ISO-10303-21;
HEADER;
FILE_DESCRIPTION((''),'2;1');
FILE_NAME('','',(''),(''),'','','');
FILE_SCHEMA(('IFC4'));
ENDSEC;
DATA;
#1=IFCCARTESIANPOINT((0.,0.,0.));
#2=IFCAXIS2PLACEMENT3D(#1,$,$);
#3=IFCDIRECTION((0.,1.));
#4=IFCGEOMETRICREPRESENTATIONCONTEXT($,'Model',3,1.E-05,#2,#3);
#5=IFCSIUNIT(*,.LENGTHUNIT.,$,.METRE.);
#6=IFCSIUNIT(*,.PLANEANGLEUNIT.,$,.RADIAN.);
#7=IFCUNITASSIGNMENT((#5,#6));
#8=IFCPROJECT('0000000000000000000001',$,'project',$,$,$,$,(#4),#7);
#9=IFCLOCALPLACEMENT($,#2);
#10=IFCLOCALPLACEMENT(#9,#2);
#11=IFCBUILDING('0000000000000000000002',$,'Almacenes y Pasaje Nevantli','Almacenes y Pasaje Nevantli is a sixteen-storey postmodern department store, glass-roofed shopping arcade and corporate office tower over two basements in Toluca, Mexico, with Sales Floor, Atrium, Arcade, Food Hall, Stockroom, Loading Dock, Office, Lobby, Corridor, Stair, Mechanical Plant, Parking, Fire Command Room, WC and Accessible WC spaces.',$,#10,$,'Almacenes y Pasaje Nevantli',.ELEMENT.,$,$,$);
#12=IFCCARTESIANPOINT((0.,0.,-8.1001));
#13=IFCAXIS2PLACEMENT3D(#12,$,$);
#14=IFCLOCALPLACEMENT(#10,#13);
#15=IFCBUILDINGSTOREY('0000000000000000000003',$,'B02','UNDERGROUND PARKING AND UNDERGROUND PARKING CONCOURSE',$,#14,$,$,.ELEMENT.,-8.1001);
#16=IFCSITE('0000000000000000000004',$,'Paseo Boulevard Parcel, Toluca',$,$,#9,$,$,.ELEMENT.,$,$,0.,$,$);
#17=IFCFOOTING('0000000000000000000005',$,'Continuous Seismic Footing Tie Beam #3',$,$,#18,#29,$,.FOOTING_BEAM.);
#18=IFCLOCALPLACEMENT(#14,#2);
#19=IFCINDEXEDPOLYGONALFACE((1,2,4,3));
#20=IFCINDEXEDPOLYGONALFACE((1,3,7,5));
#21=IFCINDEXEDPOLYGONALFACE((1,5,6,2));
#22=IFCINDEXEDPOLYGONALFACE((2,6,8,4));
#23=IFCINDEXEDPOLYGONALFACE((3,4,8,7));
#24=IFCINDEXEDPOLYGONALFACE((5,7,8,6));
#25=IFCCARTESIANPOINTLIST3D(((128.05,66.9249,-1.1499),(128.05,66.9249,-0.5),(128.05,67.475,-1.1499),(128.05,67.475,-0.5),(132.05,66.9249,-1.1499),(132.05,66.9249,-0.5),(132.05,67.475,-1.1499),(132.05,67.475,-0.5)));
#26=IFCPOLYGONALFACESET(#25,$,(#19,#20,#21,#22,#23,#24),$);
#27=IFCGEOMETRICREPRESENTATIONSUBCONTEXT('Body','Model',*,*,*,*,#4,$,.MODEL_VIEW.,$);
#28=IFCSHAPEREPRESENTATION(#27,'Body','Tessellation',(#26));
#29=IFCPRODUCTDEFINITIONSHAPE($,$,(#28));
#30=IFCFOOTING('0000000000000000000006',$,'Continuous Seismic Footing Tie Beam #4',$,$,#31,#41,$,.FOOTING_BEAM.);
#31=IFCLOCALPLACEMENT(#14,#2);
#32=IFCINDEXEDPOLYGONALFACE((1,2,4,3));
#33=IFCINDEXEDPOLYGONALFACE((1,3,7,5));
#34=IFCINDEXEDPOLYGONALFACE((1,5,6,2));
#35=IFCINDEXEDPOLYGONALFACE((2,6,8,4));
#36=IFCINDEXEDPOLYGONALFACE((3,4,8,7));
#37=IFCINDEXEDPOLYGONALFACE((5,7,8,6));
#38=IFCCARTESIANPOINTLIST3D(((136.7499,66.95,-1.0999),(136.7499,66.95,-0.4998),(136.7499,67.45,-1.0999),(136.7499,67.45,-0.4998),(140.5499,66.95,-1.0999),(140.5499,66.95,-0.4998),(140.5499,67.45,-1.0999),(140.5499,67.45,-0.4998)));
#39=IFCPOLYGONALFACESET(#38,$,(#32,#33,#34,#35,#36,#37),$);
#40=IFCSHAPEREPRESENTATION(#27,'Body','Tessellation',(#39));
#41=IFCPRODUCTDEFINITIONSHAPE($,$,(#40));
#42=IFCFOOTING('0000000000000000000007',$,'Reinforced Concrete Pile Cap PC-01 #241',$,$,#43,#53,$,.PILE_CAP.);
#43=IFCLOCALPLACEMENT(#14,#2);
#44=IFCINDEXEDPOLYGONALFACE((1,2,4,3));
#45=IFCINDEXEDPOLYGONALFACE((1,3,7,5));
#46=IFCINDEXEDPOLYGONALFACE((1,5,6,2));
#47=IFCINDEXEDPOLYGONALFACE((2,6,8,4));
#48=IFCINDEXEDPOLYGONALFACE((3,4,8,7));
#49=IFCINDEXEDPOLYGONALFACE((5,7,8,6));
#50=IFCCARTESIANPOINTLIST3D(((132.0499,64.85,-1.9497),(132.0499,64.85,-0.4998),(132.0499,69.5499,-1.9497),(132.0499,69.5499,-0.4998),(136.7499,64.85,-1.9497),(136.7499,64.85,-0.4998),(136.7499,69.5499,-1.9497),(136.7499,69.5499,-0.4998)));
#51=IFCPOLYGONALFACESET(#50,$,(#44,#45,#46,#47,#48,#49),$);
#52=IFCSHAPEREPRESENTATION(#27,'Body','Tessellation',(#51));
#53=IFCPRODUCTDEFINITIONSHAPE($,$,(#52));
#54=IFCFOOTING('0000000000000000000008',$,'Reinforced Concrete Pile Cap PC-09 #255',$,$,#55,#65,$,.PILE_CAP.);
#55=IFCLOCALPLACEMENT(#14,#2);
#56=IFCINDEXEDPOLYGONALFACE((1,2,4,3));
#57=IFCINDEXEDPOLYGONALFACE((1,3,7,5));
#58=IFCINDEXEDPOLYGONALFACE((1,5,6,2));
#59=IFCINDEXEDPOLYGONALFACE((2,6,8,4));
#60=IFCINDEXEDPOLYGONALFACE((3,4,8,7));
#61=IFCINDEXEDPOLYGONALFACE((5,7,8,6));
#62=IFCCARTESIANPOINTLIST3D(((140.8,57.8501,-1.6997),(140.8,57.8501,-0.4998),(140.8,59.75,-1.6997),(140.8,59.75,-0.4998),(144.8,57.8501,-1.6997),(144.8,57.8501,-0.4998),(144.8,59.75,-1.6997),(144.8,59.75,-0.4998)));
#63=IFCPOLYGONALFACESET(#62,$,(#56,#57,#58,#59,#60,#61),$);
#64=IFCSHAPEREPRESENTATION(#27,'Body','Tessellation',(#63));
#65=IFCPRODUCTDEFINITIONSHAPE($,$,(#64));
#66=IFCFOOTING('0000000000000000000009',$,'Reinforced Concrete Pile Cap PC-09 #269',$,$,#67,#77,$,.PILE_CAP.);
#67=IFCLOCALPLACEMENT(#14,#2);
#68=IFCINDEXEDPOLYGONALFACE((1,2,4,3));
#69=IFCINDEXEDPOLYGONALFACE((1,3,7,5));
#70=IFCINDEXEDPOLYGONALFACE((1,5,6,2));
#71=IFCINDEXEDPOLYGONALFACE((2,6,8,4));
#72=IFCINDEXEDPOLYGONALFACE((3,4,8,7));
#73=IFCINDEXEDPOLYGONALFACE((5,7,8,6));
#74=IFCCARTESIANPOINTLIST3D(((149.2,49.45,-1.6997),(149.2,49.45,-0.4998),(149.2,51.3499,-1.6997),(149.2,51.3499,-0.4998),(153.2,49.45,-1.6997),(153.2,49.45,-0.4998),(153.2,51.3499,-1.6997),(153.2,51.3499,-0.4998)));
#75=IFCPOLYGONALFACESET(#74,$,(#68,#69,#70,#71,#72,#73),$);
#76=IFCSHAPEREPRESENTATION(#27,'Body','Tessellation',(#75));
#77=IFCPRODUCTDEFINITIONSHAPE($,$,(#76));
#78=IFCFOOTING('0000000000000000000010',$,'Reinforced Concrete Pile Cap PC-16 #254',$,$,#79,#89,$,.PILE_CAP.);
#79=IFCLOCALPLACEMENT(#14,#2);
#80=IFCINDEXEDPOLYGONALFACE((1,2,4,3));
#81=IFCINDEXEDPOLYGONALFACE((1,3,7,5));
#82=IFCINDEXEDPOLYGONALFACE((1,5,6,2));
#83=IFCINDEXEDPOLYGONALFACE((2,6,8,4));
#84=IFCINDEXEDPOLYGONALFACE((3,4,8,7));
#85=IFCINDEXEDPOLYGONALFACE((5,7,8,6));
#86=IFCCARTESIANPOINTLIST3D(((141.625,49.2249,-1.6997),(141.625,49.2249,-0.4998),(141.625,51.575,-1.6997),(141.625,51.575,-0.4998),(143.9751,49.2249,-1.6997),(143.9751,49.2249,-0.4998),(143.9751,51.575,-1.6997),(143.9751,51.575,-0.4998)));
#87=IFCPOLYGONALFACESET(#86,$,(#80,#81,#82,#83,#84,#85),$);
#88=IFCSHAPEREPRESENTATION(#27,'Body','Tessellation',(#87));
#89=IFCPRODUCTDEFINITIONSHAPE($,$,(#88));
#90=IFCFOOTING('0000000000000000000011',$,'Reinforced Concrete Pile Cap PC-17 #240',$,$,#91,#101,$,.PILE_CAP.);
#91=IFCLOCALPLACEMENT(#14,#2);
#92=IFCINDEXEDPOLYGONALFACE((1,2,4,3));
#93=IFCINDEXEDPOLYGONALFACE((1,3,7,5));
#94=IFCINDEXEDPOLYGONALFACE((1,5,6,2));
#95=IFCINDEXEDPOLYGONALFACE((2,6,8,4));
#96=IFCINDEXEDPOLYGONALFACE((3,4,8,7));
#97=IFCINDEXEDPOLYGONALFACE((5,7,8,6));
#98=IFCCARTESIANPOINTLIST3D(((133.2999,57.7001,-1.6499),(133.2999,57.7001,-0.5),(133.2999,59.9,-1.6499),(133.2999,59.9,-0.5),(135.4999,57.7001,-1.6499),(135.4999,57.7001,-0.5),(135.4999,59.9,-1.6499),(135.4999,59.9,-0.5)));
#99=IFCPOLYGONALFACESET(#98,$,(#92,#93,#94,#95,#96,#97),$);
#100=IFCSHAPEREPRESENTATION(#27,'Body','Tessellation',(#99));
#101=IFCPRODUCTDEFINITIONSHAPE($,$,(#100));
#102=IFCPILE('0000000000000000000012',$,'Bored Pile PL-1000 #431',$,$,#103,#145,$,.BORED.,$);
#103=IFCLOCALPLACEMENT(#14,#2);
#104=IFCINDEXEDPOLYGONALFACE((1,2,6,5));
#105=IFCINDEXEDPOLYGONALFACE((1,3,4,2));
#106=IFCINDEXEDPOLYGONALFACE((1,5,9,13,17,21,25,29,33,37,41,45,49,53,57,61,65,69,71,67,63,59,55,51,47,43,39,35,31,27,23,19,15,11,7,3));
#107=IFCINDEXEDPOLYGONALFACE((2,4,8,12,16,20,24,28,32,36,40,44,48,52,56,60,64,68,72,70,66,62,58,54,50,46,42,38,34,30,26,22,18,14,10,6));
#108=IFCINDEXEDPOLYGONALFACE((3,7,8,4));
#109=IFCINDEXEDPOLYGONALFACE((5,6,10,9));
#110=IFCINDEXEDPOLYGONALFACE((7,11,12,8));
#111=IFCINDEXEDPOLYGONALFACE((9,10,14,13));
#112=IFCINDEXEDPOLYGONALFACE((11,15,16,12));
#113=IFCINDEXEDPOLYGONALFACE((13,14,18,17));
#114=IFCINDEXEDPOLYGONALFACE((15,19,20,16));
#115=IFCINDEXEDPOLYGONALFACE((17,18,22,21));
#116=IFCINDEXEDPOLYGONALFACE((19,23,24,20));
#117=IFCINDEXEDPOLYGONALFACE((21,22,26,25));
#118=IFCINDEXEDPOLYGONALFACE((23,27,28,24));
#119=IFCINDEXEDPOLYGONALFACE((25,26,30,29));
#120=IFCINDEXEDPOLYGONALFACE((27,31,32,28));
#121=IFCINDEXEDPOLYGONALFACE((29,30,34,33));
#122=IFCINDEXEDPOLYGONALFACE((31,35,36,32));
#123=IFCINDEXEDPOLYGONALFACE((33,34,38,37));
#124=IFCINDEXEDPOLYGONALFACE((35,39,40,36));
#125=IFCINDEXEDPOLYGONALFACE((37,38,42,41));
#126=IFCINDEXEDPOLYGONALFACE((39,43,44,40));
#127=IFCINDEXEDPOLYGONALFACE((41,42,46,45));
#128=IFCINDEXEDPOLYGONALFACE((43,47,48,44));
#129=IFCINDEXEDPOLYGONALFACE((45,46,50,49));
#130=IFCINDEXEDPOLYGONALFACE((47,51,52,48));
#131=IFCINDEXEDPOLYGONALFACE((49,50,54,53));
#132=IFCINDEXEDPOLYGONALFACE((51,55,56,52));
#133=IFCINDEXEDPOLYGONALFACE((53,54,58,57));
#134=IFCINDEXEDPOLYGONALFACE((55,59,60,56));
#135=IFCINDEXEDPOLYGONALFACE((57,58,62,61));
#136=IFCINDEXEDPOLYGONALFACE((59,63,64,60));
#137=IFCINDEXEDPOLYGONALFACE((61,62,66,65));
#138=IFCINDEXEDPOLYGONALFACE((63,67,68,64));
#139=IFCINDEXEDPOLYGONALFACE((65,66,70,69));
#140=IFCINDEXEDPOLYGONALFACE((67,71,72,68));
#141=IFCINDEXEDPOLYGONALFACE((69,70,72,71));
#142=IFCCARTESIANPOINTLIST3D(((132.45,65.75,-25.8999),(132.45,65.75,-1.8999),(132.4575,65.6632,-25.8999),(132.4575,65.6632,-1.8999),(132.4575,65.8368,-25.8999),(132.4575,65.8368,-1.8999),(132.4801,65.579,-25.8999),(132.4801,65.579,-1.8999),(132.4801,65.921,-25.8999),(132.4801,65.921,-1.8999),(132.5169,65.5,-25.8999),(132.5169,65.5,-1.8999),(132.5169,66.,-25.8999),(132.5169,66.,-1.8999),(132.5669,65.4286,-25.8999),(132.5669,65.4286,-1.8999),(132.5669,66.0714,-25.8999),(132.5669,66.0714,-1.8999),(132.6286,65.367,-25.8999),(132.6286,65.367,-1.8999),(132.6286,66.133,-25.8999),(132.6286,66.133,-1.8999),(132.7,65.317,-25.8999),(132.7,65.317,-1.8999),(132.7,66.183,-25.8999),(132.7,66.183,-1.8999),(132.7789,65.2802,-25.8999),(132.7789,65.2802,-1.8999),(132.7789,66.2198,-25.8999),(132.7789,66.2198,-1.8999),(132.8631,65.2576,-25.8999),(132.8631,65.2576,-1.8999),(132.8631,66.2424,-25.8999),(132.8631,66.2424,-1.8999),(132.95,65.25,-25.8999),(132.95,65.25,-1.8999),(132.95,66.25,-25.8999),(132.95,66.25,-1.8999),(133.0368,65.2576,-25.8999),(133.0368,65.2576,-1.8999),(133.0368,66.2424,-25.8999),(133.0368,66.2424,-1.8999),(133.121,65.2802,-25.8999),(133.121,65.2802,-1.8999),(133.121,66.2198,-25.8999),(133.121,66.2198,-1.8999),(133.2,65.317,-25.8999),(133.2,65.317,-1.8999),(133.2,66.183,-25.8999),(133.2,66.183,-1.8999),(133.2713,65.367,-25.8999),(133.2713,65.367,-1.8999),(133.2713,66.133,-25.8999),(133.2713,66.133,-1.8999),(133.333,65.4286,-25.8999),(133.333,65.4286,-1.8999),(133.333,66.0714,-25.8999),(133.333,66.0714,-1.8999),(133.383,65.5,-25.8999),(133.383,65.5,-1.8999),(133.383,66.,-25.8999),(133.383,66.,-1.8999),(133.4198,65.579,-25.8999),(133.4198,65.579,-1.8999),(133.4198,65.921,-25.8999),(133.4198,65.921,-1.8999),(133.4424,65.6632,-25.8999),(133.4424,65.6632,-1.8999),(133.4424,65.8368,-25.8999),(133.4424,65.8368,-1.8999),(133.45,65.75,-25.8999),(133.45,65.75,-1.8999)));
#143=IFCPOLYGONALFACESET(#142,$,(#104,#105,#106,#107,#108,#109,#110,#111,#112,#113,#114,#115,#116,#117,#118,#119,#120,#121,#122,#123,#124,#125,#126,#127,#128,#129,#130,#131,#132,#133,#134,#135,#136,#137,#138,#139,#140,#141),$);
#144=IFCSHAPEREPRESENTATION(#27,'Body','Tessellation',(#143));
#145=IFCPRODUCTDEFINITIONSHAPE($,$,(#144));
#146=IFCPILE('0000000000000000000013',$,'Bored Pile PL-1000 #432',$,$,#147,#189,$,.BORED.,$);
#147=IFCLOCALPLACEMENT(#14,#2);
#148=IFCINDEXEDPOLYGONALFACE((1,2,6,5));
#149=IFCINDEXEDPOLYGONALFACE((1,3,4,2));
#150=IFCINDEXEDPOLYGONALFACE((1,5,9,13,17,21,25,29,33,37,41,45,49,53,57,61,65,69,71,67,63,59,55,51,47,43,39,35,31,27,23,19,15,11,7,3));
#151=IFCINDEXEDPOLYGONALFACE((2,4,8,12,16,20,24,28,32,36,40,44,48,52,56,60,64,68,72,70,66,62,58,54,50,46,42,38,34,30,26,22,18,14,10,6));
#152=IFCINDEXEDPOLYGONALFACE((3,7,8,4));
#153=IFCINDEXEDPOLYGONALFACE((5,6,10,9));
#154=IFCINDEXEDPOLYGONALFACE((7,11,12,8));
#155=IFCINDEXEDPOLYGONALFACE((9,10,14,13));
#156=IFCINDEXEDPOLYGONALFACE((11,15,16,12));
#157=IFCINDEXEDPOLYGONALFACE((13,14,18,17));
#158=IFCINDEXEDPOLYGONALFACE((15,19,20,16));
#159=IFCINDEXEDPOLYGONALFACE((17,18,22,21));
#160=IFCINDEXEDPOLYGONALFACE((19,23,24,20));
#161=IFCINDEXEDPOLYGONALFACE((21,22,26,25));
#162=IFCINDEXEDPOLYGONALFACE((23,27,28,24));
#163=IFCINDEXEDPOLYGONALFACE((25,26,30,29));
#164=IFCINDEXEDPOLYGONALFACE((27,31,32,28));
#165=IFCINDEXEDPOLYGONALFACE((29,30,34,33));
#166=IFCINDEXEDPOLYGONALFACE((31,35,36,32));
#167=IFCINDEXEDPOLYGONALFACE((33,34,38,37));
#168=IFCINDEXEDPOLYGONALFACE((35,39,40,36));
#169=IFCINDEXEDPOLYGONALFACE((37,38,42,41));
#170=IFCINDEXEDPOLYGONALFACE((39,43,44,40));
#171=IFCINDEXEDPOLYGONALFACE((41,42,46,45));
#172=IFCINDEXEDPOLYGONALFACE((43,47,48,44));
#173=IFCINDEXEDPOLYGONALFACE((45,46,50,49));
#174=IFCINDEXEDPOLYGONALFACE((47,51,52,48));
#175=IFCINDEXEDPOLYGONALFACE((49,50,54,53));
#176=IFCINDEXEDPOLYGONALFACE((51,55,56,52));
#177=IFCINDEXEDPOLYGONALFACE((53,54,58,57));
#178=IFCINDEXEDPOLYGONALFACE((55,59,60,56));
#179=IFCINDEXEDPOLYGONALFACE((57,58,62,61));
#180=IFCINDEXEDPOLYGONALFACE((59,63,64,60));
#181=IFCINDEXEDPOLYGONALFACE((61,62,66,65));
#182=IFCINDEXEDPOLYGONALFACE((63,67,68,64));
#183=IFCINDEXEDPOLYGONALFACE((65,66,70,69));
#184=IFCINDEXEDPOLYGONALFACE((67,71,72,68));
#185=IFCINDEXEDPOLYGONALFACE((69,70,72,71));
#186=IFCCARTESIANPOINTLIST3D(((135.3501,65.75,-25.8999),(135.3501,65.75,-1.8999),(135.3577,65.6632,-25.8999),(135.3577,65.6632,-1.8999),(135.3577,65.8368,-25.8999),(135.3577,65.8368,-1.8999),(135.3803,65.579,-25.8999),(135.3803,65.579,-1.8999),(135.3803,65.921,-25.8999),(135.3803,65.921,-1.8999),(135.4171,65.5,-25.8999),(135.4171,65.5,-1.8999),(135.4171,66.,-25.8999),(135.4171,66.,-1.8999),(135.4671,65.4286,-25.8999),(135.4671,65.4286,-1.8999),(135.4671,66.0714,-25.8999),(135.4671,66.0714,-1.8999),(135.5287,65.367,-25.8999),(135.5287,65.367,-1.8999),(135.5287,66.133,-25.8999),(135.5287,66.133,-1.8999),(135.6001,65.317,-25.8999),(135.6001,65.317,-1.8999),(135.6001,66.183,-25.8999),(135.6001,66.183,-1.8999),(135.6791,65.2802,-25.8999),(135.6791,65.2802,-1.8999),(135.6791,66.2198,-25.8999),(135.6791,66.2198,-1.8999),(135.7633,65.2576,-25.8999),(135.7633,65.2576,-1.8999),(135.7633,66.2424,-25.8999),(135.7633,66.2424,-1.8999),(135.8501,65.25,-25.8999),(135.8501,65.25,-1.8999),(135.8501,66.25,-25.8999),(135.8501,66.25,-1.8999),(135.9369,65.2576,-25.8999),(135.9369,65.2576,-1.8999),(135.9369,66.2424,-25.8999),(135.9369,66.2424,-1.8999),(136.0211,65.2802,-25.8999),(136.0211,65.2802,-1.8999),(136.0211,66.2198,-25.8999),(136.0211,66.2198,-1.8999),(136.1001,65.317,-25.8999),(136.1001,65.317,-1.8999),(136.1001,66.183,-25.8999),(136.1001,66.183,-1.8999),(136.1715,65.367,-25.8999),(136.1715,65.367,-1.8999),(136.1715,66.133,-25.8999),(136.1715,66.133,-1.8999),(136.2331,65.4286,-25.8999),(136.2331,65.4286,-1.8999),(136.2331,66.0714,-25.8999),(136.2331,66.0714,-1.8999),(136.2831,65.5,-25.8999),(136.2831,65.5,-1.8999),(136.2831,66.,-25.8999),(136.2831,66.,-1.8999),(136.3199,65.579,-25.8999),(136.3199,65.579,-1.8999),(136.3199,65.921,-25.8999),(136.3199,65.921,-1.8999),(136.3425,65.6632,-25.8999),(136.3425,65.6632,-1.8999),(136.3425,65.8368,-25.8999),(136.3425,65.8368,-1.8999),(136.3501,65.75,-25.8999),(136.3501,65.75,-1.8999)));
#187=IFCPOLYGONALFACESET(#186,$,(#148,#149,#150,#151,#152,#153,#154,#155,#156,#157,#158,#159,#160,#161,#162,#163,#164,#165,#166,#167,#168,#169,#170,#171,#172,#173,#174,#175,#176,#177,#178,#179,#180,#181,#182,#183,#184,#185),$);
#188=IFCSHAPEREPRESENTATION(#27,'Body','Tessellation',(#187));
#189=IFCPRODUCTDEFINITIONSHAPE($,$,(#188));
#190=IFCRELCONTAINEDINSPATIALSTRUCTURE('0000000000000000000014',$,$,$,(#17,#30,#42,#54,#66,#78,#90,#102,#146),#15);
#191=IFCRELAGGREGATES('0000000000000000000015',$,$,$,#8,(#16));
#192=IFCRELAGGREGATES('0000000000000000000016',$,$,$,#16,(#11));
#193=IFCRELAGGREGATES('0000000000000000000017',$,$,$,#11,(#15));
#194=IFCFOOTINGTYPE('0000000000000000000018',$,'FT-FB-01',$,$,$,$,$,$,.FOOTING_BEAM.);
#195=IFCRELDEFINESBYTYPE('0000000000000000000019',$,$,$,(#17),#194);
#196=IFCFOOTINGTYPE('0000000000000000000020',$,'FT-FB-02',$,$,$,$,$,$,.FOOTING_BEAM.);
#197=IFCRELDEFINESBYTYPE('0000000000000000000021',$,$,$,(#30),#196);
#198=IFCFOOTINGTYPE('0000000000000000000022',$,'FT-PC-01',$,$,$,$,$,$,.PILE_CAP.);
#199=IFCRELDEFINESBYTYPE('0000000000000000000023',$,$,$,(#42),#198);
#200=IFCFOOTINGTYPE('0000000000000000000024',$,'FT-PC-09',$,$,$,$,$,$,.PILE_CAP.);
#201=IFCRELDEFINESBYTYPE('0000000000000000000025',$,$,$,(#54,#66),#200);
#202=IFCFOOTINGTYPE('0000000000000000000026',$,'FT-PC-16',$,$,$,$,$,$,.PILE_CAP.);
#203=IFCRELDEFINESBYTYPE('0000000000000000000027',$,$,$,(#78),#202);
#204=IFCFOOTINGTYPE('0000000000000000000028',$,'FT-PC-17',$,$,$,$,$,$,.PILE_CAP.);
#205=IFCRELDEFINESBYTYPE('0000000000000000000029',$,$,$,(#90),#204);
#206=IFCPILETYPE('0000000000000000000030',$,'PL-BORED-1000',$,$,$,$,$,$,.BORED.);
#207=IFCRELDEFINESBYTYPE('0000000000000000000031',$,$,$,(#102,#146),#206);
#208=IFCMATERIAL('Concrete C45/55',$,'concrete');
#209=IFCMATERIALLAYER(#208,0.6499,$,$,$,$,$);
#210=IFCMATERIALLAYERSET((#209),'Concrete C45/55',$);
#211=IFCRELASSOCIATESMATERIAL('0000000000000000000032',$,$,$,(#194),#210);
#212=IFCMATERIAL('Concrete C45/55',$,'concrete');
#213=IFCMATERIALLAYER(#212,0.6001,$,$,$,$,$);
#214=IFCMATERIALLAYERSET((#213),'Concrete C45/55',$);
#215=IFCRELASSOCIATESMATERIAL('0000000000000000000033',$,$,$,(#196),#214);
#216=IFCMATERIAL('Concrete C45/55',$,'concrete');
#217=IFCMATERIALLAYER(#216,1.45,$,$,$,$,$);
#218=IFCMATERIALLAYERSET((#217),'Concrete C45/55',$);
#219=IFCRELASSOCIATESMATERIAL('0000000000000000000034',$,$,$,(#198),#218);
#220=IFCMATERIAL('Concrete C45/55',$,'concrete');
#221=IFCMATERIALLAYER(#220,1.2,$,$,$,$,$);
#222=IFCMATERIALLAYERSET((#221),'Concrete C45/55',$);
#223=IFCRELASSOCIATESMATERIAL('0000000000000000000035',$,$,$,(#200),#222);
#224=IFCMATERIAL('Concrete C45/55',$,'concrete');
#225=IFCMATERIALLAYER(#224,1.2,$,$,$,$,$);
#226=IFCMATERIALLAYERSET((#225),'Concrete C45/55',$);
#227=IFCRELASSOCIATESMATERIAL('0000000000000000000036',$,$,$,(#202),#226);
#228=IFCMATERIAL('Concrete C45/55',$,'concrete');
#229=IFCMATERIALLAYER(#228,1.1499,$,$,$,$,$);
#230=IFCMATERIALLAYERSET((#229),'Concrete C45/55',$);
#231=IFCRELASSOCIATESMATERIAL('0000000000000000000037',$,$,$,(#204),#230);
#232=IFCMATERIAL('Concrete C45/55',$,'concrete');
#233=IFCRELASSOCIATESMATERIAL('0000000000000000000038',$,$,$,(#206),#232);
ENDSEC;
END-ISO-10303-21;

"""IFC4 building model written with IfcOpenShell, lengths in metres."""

from ifc_helpers import new_model, si_unit, direction, frame, origin, origin_2d, place, context, subcontext, project, spatial, rectangle, circle, extrude, material, layer, layer_set, material_profile, profile_set, type_object, element, save


model = new_model("IFC4")

# Units and contexts
model_context = context("Model", 3, precision=1e-05, world=origin(), true_north=direction((0.0, 1.0)))
body_context = subcontext(model_context, "Body", "Model", "MODEL_VIEW")
ifc_project = project(units=[si_unit("LENGTHUNIT", "METRE"), si_unit("PLANEANGLEUNIT", "RADIAN")], contexts=[model_context])

# Site, building, storey
site_placement = place(None, origin())
site = spatial("IfcSite", under=ifc_project, at=site_placement, Name="Paseo Boulevard Parcel, Toluca", CompositionType="ELEMENT", RefElevation=0.0)
building_placement = place(site_placement, origin())
building = spatial("IfcBuilding", under=site, at=building_placement, Name="Almacenes y Pasaje Nevantli", Description="Almacenes y Pasaje Nevantli is a sixteen-storey postmodern department store, glass-roofed shopping arcade and corporate office tower over two basements in Toluca, Mexico, with Sales Floor, Atrium, Arcade, Food Hall, Stockroom, Loading Dock, Office, Lobby, Corridor, Stair, Mechanical Plant, Parking, Fire Command Room, WC and Accessible WC spaces.", LongName="Almacenes y Pasaje Nevantli", CompositionType="ELEMENT")
storey_placement = place(building_placement, frame((0.0, 0.0, -8.1001)))
storey = spatial("IfcBuildingStorey", under=building, at=storey_placement, Name="B02", Description="UNDERGROUND PARKING AND UNDERGROUND PARKING CONCOURSE", CompositionType="ELEMENT", Elevation=-8.1001)

# Footings
ifc_material_1 = material(Name="Concrete C45/55", Category="concrete")
ifc_layer_1 = layer(ifc_material_1, 0.6499)
ifc_layer_set_1 = layer_set([ifc_layer_1], Name="Concrete C45/55")
footing_type_1 = type_object("IfcFootingType", Name="FT-FB-01", PredefinedType="FOOTING_BEAM", material=ifc_layer_set_1)
footing_1_placement = place(storey_placement, frame((130.05, 67.2, -1.1499), z_axis=(0.0, 0.0, 1.0), x_axis=(1.0, 0.0, 0.0)))
element("IfcFooting", 1, at=footing_1_placement, inside=storey, type_object=footing_type_1, Name="Continuous Seismic Footing Tie Beam #3", PredefinedType="FOOTING_BEAM", context=body_context, shape_type="SweptSolid", body=[
    extrude(rectangle(XDim=4.0, YDim=0.55, at=origin_2d()), origin(), (0.0, 0.0, 1.0), 0.6499),
])
ifc_material_2 = material(Name="Concrete C45/55", Category="concrete")
ifc_layer_2 = layer(ifc_material_2, 0.6001)
ifc_layer_set_2 = layer_set([ifc_layer_2], Name="Concrete C45/55")
footing_type_2 = type_object("IfcFootingType", Name="FT-FB-02", PredefinedType="FOOTING_BEAM", material=ifc_layer_set_2)
footing_2_placement = place(storey_placement, frame((138.6499, 67.2, -1.0999), z_axis=(0.0, 0.0, 1.0), x_axis=(1.0, 0.0, 0.0)))
element("IfcFooting", 2, at=footing_2_placement, inside=storey, type_object=footing_type_2, Name="Continuous Seismic Footing Tie Beam #4", PredefinedType="FOOTING_BEAM", context=body_context, shape_type="SweptSolid", body=[
    extrude(rectangle(XDim=3.8, YDim=0.5, at=origin_2d()), origin(), (0.0, 0.0, 1.0), 0.6001),
])
ifc_material_3 = material(Name="Concrete C45/55", Category="concrete")
ifc_layer_3 = layer(ifc_material_3, 1.45)
ifc_layer_set_3 = layer_set([ifc_layer_3], Name="Concrete C45/55")
footing_type_3 = type_object("IfcFootingType", Name="FT-PC-01", PredefinedType="PILE_CAP", material=ifc_layer_set_3)
footing_3_placement = place(storey_placement, frame((134.3999, 67.2, -1.9497), z_axis=(0.0, 0.0, 1.0), x_axis=(1.0, 0.0, 0.0)))
element("IfcFooting", 3, at=footing_3_placement, inside=storey, type_object=footing_type_3, Name="Reinforced Concrete Pile Cap PC-01 #241", PredefinedType="PILE_CAP", context=body_context, shape_type="SweptSolid", body=[
    extrude(rectangle(XDim=4.7, YDim=4.7, at=origin_2d()), origin(), (0.0, 0.0, 1.0), 1.45),
])
ifc_material_4 = material(Name="Concrete C45/55", Category="concrete")
ifc_layer_4 = layer(ifc_material_4, 1.2)
ifc_layer_set_4 = layer_set([ifc_layer_4], Name="Concrete C45/55")
footing_type_4 = type_object("IfcFootingType", Name="FT-PC-09", PredefinedType="PILE_CAP", material=ifc_layer_set_4)
for number, where, z_axis, x_axis, name in (
    (4, (142.8, 58.8, -1.6997), (0.0, 0.0, 1.0), (1.0, 0.0, 0.0), "Reinforced Concrete Pile Cap PC-09 #255"),
    (5, (151.2, 50.3999, -1.6997), (0.0, 0.0, 1.0), (1.0, 0.0, 0.0), "Reinforced Concrete Pile Cap PC-09 #269"),
):
    element("IfcFooting", number, at=place(storey_placement, frame(where, z_axis=z_axis, x_axis=x_axis)), inside=storey, type_object=footing_type_4, Name=name, PredefinedType="PILE_CAP", context=body_context, shape_type="SweptSolid", body=[
        extrude(rectangle(XDim=4.0, YDim=1.8999, at=origin_2d()), origin(), (0.0, 0.0, 1.0), 1.2),
    ])
ifc_material_5 = material(Name="Concrete C45/55", Category="concrete")
ifc_layer_5 = layer(ifc_material_5, 1.2)
ifc_layer_set_5 = layer_set([ifc_layer_5], Name="Concrete C45/55")
footing_type_5 = type_object("IfcFootingType", Name="FT-PC-16", PredefinedType="PILE_CAP", material=ifc_layer_set_5)
footing_4_placement = place(storey_placement, frame((142.8, 50.3999, -1.6997), z_axis=(0.0, 0.0, 1.0), x_axis=(1.0, 0.0, 0.0)))
element("IfcFooting", 6, at=footing_4_placement, inside=storey, type_object=footing_type_5, Name="Reinforced Concrete Pile Cap PC-16 #254", PredefinedType="PILE_CAP", context=body_context, shape_type="SweptSolid", body=[
    extrude(rectangle(XDim=2.3501, YDim=2.3501, at=origin_2d()), origin(), (0.0, 0.0, 1.0), 1.2),
])
ifc_material_6 = material(Name="Concrete C45/55", Category="concrete")
ifc_layer_6 = layer(ifc_material_6, 1.1499)
ifc_layer_set_6 = layer_set([ifc_layer_6], Name="Concrete C45/55")
footing_type_6 = type_object("IfcFootingType", Name="FT-PC-17", PredefinedType="PILE_CAP", material=ifc_layer_set_6)
footing_5_placement = place(storey_placement, frame((134.3999, 58.8, -1.6499), z_axis=(0.0, 0.0, 1.0), x_axis=(1.0, 0.0, 0.0)))
element("IfcFooting", 7, at=footing_5_placement, inside=storey, type_object=footing_type_6, Name="Reinforced Concrete Pile Cap PC-17 #240", PredefinedType="PILE_CAP", context=body_context, shape_type="SweptSolid", body=[
    extrude(rectangle(XDim=2.2, YDim=2.2, at=origin_2d()), origin(), (0.0, 0.0, 1.0), 1.1499),
])

# Piles
ifc_material_7 = material(Name="Concrete C45/55", Category="concrete")
ifc_material_profile_1 = material_profile(ifc_material_7, circle(Radius=0.5, at=origin_2d()), Name="RC-PILE-D1000")
ifc_profile_set_1 = profile_set([ifc_material_profile_1], Name="Concrete C45/55")
pile_type_1 = type_object("IfcPileType", Name="PL-BORED-1000", PredefinedType="BORED", material=ifc_profile_set_1)
for number, where, z_axis, x_axis, name in (
    (8, (132.95, 65.75, -1.8999), (0.0, 0.0, -1.0), (1.0, 0.0, 0.0), "Bored Pile PL-1000 #431"),
    (9, (135.8501, 65.75, -1.8999), (0.0, 0.0, -1.0), (1.0, 0.0, 0.0), "Bored Pile PL-1000 #432"),
):
    element("IfcPile", number, at=place(storey_placement, frame(where, z_axis=z_axis, x_axis=x_axis)), inside=storey, type_object=pile_type_1, Name=name, PredefinedType="BORED", context=body_context, shape_type="SweptSolid", body=[
        extrude(circle(Radius=0.5, at=origin_2d()), origin(), (0.0, 0.0, 1.0), 24.0),
    ])

save(model, "model.ifc")
